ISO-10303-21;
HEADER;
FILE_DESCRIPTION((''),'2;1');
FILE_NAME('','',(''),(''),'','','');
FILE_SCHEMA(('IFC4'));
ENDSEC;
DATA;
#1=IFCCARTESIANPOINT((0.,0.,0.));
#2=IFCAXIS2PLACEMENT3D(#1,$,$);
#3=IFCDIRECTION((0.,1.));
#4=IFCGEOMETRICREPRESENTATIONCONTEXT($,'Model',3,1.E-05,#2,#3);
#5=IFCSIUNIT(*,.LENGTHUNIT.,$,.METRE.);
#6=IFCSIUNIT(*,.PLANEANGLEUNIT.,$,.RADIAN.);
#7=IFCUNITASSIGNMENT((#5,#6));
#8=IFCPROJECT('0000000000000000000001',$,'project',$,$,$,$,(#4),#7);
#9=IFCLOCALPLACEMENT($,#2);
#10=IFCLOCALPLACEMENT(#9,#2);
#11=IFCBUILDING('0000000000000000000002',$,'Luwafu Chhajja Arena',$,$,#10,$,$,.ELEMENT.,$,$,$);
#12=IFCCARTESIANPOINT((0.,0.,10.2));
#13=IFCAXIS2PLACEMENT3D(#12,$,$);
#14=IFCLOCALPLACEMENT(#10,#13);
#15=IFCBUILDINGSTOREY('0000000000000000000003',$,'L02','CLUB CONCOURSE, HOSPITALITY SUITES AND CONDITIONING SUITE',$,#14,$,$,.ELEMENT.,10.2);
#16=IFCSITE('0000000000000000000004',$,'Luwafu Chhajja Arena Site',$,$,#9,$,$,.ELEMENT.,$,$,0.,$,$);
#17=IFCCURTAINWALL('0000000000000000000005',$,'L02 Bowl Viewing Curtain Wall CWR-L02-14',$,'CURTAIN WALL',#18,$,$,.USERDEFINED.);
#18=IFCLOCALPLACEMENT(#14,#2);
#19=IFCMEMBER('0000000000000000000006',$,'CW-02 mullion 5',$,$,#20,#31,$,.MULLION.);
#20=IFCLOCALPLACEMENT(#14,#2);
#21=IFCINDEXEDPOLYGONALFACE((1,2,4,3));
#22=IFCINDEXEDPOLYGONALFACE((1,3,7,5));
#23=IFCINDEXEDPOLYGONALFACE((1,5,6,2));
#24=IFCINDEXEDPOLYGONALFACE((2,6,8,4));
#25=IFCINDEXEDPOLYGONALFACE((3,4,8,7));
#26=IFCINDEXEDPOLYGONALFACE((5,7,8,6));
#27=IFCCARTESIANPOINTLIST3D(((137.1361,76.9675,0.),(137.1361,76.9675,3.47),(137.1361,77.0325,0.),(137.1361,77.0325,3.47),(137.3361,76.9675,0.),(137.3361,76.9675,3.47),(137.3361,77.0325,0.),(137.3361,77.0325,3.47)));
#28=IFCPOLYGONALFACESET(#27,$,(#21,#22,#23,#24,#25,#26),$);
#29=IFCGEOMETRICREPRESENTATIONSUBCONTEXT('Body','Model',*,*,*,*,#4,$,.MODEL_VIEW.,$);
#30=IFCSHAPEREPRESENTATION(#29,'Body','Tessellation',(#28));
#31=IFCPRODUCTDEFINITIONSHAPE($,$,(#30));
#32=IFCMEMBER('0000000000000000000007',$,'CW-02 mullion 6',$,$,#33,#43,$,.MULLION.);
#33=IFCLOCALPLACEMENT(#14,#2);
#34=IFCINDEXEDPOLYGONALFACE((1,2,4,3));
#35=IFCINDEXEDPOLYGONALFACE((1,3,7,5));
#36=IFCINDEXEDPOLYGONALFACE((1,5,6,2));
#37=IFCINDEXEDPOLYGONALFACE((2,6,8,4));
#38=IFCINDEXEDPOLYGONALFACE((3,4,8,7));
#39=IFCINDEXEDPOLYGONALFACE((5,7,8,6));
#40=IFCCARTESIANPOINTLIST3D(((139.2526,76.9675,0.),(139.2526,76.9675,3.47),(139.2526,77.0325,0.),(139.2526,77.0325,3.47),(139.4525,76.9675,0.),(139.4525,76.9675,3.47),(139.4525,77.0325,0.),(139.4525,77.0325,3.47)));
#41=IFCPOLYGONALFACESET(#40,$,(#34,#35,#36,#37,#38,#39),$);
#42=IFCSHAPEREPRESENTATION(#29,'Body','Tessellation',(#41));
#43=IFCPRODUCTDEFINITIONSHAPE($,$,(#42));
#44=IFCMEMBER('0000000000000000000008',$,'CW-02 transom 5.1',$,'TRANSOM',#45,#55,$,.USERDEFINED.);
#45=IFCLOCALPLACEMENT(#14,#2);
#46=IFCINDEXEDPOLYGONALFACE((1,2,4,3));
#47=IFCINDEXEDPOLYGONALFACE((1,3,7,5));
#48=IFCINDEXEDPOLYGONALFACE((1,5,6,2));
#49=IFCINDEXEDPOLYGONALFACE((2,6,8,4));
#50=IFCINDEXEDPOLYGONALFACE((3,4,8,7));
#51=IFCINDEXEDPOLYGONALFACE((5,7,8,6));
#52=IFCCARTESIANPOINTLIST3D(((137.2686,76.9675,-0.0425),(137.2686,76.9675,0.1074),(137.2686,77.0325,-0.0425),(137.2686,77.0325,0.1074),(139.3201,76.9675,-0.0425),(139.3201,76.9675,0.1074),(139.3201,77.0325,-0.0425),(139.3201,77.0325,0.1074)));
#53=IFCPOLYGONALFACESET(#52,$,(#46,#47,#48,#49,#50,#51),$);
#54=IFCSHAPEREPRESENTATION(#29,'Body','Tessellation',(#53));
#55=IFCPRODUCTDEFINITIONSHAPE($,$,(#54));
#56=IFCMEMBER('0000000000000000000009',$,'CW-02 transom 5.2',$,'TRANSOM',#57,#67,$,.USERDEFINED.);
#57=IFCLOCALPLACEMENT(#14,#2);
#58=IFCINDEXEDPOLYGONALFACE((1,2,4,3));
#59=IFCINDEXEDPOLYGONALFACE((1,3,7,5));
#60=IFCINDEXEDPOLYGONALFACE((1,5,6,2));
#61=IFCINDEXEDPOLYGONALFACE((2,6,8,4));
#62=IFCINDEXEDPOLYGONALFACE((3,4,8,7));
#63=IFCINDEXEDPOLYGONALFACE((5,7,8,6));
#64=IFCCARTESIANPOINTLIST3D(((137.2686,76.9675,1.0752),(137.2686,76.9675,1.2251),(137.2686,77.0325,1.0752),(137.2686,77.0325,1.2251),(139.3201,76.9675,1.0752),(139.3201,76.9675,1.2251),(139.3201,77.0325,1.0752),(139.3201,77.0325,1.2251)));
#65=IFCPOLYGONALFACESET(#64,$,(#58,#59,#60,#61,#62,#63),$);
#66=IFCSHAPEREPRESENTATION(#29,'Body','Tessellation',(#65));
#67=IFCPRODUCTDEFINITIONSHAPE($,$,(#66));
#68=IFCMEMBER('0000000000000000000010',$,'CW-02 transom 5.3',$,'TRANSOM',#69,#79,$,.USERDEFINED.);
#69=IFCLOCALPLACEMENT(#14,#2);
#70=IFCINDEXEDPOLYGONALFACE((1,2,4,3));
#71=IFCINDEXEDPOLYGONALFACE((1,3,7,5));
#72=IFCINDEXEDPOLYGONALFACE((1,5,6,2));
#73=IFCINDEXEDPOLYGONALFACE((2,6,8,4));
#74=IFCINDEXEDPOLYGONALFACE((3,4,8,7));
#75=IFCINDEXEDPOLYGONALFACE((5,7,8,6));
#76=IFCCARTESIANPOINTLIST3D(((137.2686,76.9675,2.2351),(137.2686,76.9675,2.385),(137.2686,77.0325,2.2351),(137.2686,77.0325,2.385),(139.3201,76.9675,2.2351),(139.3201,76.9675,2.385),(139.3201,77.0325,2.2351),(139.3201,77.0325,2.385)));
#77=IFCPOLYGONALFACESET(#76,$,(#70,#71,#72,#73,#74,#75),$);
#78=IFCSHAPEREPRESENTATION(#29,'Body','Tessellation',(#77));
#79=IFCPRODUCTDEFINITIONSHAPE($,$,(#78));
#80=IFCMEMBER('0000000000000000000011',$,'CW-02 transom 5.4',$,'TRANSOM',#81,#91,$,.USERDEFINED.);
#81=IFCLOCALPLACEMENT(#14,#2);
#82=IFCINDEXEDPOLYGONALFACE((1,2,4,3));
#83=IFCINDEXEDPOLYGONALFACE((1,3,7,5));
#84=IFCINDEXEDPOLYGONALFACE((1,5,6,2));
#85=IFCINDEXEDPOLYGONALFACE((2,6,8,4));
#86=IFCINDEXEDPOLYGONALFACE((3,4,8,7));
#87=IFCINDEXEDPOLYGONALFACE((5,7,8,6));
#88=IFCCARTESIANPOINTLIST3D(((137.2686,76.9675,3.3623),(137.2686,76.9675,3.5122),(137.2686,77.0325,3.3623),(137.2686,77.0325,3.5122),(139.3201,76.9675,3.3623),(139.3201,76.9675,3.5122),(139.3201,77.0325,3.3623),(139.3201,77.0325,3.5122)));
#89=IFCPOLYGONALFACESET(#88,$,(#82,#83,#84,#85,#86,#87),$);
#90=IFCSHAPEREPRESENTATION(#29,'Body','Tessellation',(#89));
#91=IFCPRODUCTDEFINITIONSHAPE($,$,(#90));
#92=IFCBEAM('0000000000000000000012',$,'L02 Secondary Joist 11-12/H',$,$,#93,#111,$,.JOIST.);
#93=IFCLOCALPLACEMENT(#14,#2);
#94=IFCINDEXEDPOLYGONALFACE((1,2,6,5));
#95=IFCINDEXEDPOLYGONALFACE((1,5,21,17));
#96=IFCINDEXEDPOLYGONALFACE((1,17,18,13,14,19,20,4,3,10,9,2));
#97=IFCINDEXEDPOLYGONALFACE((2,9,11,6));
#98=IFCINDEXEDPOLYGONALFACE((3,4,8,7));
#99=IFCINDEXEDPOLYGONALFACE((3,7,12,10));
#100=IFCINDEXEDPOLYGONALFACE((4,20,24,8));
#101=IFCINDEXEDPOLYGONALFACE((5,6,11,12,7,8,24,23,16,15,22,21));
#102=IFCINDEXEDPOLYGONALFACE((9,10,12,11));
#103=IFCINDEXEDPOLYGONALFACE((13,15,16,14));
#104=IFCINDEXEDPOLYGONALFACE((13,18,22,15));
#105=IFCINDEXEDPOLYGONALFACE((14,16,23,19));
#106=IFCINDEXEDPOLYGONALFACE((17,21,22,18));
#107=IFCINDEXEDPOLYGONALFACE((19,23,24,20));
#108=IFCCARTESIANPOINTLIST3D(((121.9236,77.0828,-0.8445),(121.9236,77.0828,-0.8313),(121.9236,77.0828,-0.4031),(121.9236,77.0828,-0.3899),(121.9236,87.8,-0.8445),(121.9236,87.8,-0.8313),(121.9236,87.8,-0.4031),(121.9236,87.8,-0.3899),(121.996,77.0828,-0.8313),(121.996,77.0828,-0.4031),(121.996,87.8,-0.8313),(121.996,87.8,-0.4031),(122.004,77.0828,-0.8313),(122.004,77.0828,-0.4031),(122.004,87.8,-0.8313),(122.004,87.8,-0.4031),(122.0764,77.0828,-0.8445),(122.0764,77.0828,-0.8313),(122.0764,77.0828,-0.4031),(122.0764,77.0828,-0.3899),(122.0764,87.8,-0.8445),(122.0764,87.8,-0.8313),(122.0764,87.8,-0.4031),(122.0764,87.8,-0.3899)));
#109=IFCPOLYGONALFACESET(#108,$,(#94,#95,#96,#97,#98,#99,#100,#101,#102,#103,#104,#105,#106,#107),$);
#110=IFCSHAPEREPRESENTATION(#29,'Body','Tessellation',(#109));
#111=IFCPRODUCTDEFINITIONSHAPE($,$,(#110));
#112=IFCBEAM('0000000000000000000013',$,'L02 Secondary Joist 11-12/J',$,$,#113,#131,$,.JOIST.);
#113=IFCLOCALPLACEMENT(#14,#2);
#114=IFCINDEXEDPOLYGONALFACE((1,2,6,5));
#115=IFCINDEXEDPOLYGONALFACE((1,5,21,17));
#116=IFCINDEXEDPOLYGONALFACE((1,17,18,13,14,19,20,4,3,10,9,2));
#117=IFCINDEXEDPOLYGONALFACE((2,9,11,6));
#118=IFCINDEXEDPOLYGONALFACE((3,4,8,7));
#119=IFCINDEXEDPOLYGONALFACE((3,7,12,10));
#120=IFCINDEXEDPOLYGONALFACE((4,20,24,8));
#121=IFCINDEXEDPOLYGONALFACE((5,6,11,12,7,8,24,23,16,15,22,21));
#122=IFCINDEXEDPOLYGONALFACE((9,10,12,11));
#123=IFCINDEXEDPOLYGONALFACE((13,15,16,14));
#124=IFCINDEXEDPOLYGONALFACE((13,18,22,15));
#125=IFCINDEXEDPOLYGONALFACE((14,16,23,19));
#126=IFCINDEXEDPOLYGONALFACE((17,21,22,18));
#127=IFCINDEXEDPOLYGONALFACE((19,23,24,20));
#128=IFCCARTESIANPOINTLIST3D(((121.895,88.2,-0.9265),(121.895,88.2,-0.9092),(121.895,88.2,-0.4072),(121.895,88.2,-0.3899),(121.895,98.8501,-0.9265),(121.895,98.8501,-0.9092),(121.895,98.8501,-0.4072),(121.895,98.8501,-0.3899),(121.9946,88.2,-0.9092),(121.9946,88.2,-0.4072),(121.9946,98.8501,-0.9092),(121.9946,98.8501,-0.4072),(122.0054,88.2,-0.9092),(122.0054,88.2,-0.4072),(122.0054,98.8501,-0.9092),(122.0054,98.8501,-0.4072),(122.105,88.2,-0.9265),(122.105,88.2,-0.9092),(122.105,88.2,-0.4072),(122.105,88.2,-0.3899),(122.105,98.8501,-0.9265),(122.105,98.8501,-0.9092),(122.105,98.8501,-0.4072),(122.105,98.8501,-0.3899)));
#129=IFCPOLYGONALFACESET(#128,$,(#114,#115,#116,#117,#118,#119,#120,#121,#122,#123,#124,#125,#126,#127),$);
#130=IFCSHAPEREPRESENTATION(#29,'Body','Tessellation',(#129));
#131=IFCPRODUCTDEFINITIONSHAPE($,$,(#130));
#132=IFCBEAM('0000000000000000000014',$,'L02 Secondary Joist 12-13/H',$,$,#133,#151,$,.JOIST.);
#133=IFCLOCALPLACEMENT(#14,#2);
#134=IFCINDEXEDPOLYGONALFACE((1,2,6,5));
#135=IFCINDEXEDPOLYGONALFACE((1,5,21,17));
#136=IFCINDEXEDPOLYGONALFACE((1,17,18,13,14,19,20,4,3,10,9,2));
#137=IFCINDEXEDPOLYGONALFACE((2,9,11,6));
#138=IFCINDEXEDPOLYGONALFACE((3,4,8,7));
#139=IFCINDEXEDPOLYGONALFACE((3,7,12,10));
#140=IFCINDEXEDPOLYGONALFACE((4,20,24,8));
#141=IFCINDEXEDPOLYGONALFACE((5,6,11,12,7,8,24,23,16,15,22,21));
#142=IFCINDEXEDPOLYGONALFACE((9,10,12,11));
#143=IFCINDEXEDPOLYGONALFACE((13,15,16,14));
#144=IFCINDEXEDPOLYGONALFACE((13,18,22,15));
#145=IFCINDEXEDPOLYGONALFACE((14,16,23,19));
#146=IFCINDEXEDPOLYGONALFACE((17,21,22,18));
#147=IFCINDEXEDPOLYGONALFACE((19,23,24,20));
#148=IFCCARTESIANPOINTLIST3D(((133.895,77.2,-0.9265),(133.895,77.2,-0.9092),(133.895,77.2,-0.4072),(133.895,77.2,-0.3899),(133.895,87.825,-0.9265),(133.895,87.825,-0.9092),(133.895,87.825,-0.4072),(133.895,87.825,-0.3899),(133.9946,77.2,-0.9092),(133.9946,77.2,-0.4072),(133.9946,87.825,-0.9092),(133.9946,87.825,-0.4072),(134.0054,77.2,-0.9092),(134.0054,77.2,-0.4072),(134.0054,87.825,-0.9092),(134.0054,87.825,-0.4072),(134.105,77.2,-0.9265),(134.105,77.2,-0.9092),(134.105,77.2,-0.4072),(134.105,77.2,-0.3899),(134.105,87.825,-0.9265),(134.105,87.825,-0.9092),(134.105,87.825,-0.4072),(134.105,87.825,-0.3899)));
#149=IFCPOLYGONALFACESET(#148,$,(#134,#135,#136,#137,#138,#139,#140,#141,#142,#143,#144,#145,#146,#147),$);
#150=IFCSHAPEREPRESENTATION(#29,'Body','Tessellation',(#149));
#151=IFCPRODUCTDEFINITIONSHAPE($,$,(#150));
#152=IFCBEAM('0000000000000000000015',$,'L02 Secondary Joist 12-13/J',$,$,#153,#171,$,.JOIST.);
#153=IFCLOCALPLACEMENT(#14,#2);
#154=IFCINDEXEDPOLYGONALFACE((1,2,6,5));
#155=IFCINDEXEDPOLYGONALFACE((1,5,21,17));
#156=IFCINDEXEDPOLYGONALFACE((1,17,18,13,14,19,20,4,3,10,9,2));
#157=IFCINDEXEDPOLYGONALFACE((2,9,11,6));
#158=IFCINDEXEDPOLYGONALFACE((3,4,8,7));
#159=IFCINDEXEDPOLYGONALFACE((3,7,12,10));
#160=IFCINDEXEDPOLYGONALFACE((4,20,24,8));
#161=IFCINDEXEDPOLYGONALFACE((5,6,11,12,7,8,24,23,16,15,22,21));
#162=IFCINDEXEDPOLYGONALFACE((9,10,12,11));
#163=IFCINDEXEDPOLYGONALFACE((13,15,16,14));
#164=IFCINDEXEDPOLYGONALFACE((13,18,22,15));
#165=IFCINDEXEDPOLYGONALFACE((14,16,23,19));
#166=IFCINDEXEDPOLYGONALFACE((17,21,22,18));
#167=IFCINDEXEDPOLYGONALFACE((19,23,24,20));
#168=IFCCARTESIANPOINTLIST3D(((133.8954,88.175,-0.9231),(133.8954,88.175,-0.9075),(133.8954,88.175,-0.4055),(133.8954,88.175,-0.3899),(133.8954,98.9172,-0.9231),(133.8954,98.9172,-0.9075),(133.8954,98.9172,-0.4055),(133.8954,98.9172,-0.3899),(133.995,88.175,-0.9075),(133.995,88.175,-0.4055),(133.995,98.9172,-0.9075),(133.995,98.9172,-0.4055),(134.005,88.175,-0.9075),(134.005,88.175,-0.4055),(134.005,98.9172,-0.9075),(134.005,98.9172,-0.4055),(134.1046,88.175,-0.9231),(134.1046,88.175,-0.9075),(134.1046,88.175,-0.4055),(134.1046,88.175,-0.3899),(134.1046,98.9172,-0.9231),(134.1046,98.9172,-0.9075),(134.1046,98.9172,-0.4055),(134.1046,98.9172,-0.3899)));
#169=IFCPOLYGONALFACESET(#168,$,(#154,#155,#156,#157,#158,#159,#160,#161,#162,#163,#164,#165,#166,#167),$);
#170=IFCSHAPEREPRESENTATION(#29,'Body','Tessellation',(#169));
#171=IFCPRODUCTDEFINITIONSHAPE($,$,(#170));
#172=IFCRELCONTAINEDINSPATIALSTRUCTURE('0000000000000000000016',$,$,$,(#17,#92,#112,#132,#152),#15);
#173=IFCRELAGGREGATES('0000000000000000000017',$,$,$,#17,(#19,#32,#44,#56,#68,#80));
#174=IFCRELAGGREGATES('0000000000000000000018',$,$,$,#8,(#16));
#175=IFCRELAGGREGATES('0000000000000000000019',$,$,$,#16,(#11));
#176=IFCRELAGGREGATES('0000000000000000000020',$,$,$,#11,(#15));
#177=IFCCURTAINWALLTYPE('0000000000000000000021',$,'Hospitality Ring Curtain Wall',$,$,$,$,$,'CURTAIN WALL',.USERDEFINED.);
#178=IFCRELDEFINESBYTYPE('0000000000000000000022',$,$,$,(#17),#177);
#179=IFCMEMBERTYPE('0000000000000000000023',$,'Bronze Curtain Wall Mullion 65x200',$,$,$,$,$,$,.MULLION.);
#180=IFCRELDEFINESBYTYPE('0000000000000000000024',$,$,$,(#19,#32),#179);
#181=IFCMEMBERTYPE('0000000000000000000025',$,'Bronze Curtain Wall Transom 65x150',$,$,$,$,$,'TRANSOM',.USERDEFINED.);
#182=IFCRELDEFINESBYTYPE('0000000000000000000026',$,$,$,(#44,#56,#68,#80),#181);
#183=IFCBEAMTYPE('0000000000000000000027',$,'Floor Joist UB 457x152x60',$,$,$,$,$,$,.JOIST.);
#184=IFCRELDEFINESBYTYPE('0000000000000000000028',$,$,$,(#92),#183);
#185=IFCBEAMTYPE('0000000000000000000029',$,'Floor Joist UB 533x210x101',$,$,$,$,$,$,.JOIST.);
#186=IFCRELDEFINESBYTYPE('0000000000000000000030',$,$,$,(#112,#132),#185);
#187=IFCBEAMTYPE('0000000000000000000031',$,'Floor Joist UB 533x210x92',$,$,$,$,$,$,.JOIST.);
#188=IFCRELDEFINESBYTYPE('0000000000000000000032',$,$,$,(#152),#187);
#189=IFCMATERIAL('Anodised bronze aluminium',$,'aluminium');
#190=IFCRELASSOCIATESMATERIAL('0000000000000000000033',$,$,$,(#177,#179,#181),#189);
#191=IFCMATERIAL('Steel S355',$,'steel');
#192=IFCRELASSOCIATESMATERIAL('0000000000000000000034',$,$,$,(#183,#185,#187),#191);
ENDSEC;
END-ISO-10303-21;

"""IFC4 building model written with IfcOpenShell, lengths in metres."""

from ifc_helpers import new_model, si_unit, direction, frame, origin, origin_2d, place, context, subcontext, project, spatial, rectangle, i_section, extrude, material, material_profile, profile_set, type_object, element, aggregate, save


model = new_model("IFC4")

# Units and contexts
model_context = context("Model", 3, precision=1e-05, world=origin(), true_north=direction((0.0, 1.0)))
body_context = subcontext(model_context, "Body", "Model", "MODEL_VIEW")
ifc_project = project(units=[si_unit("LENGTHUNIT", "METRE"), si_unit("PLANEANGLEUNIT", "RADIAN")], contexts=[model_context])

# Site, building, storey
site_placement = place(None, origin())
site = spatial("IfcSite", under=ifc_project, at=site_placement, Name="Luwafu Chhajja Arena Site", CompositionType="ELEMENT", RefElevation=0.0)
building_placement = place(site_placement, origin())
building = spatial("IfcBuilding", under=site, at=building_placement, Name="Luwafu Chhajja Arena", CompositionType="ELEMENT")
storey_placement = place(building_placement, frame((0.0, 0.0, 10.2)))
storey = spatial("IfcBuildingStorey", under=building, at=storey_placement, Name="L02", Description="CLUB CONCOURSE, HOSPITALITY SUITES AND CONDITIONING SUITE", CompositionType="ELEMENT", Elevation=10.2)

# Shared definitions
ifc_material_1 = material(Name="Steel S355", Category="steel")

# Curtain wall, members
ifc_material_2 = material(Name="Anodised bronze aluminium", Category="aluminium")
curtain_wall_type = type_object("IfcCurtainWallType", Name="Hospitality Ring Curtain Wall", ElementType="CURTAIN WALL", PredefinedType="USERDEFINED", material=ifc_material_2)
curtain_wall_placement = place(storey_placement, origin())
curtain_wall = element("IfcCurtainWall", 1, at=curtain_wall_placement, inside=storey, type_object=curtain_wall_type, Name="L02 Bowl Viewing Curtain Wall CWR-L02-14", ObjectType="CURTAIN WALL", PredefinedType="USERDEFINED")
ifc_material_profile_1 = material_profile(ifc_material_2, rectangle(XDim=0.0649, YDim=0.2, at=origin_2d()), Name="CWM 65x200")
ifc_profile_set_1 = profile_set([ifc_material_profile_1], Name="Anodised bronze aluminium")
member_type_1 = type_object("IfcMemberType", Name="Bronze Curtain Wall Mullion 65x200", PredefinedType="MULLION", material=ifc_profile_set_1)
member_1_placement = place(storey_placement, frame((137.2361, 77.0, 0.0), z_axis=(0.0, 0.0, 1.0), x_axis=(0.0, 1.0, 0.0)))
member_1 = element("IfcMember", 2, at=member_1_placement, type_object=member_type_1, Name="CW-02 mullion 5", PredefinedType="MULLION", context=body_context, shape_type="SweptSolid", body=[
    extrude(rectangle(XDim=0.0649, YDim=0.2, at=origin_2d()), origin(), (0.0, 0.0, 1.0), 3.47),
])
member_2_placement = place(storey_placement, frame((139.3525, 77.0, 0.0), z_axis=(0.0, 0.0, 1.0), x_axis=(0.0, 1.0, 0.0)))
member_2 = element("IfcMember", 3, at=member_2_placement, type_object=member_type_1, Name="CW-02 mullion 6", PredefinedType="MULLION", context=body_context, shape_type="SweptSolid", body=[
    extrude(rectangle(XDim=0.0649, YDim=0.2, at=origin_2d()), origin(), (0.0, 0.0, 1.0), 3.47),
])
ifc_material_profile_2 = material_profile(ifc_material_2, rectangle(XDim=0.0649, YDim=0.1499, at=origin_2d()), Name="CWT 65x150")
ifc_profile_set_2 = profile_set([ifc_material_profile_2], Name="Anodised bronze aluminium")
member_type_2 = type_object("IfcMemberType", Name="Bronze Curtain Wall Transom 65x150", ElementType="TRANSOM", PredefinedType="USERDEFINED", material=ifc_profile_set_2)
member_3_placement = place(storey_placement, frame((137.2686, 77.0, 0.0325), z_axis=(1.0, 0.0, 0.0), x_axis=(0.0, 1.0, 0.0)))
member_3 = element("IfcMember", 4, at=member_3_placement, type_object=member_type_2, Name="CW-02 transom 5.1", ObjectType="TRANSOM", PredefinedType="USERDEFINED", context=body_context, shape_type="SweptSolid", body=[
    extrude(rectangle(XDim=0.0649, YDim=0.1499, at=origin_2d()), origin(), (0.0, 0.0, 1.0), 2.0515),
])
member_4_placement = place(storey_placement, frame((137.2686, 77.0, 1.1501), z_axis=(1.0, 0.0, 0.0), x_axis=(0.0, 1.0, 0.0)))
member_4 = element("IfcMember", 5, at=member_4_placement, type_object=member_type_2, Name="CW-02 transom 5.2", ObjectType="TRANSOM", PredefinedType="USERDEFINED", context=body_context, shape_type="SweptSolid", body=[
    extrude(rectangle(XDim=0.0649, YDim=0.1499, at=origin_2d()), origin(), (0.0, 0.0, 1.0), 2.0515),
])
member_5_placement = place(storey_placement, frame((137.2686, 77.0, 2.3101), z_axis=(1.0, 0.0, 0.0), x_axis=(0.0, 1.0, 0.0)))
member_5 = element("IfcMember", 6, at=member_5_placement, type_object=member_type_2, Name="CW-02 transom 5.3", ObjectType="TRANSOM", PredefinedType="USERDEFINED", context=body_context, shape_type="SweptSolid", body=[
    extrude(rectangle(XDim=0.0649, YDim=0.1499, at=origin_2d()), origin(), (0.0, 0.0, 1.0), 2.0515),
])
member_6_placement = place(storey_placement, frame((137.2686, 77.0, 3.4373), z_axis=(1.0, 0.0, 0.0), x_axis=(0.0, 1.0, 0.0)))
member_6 = element("IfcMember", 7, at=member_6_placement, type_object=member_type_2, Name="CW-02 transom 5.4", ObjectType="TRANSOM", PredefinedType="USERDEFINED", context=body_context, shape_type="SweptSolid", body=[
    extrude(rectangle(XDim=0.0649, YDim=0.1499, at=origin_2d()), origin(), (0.0, 0.0, 1.0), 2.0515),
])

# Beams
ifc_material_profile_3 = material_profile(ifc_material_1, i_section(OverallWidth=0.1528, OverallDepth=0.4546, WebThickness=0.0081, FlangeThickness=0.0132, at=origin_2d()), Name="UB 457x152x60")
ifc_profile_set_3 = profile_set([ifc_material_profile_3], Name="Steel S355")
beam_type_1 = type_object("IfcBeamType", Name="Floor Joist UB 457x152x60", PredefinedType="JOIST", material=ifc_profile_set_3)
beam_1_placement = place(storey_placement, frame((122.0, 77.0828, -0.6172), z_axis=(0.0, 1.0, 0.0), x_axis=(-1.0, 0.0, 0.0)))
element("IfcBeam", 8, at=beam_1_placement, inside=storey, type_object=beam_type_1, Name="L02 Secondary Joist 11-12/H", PredefinedType="JOIST", context=body_context, shape_type="SweptSolid", body=[
    extrude(i_section(OverallWidth=0.1528, OverallDepth=0.4546, WebThickness=0.0081, FlangeThickness=0.0132, at=origin_2d()), origin(), (0.0, 0.0, 1.0), 10.7173),
])
ifc_material_profile_4 = material_profile(ifc_material_1, i_section(OverallWidth=0.21, OverallDepth=0.5366, WebThickness=0.0107, FlangeThickness=0.0173, at=origin_2d()), Name="UB 533x210x101")
ifc_profile_set_4 = profile_set([ifc_material_profile_4], Name="Steel S355")
beam_type_2 = type_object("IfcBeamType", Name="Floor Joist UB 533x210x101", PredefinedType="JOIST", material=ifc_profile_set_4)
beam_2_placement = place(storey_placement, frame((122.0, 88.2, -0.6582), z_axis=(0.0, 1.0, 0.0), x_axis=(-1.0, 0.0, 0.0)))
element("IfcBeam", 9, at=beam_2_placement, inside=storey, type_object=beam_type_2, Name="L02 Secondary Joist 11-12/J", PredefinedType="JOIST", context=body_context, shape_type="SweptSolid", body=[
    extrude(i_section(OverallWidth=0.21, OverallDepth=0.5366, WebThickness=0.0107, FlangeThickness=0.0173, at=origin_2d()), origin(), (0.0, 0.0, 1.0), 10.6501),
])
beam_3_placement = place(storey_placement, frame((134.0, 77.2, -0.6582), z_axis=(0.0, 1.0, 0.0), x_axis=(-1.0, 0.0, 0.0)))
element("IfcBeam", 10, at=beam_3_placement, inside=storey, type_object=beam_type_2, Name="L02 Secondary Joist 12-13/H", PredefinedType="JOIST", context=body_context, shape_type="SweptSolid", body=[
    extrude(i_section(OverallWidth=0.21, OverallDepth=0.5366, WebThickness=0.0107, FlangeThickness=0.0173, at=origin_2d()), origin(), (0.0, 0.0, 1.0), 10.625),
])
ifc_material_profile_5 = material_profile(ifc_material_1, i_section(OverallWidth=0.2092, OverallDepth=0.5332, WebThickness=0.01, FlangeThickness=0.0156, at=origin_2d()), Name="UB 533x210x92")
ifc_profile_set_5 = profile_set([ifc_material_profile_5], Name="Steel S355")
beam_type_3 = type_object("IfcBeamType", Name="Floor Joist UB 533x210x92", PredefinedType="JOIST", material=ifc_profile_set_5)
beam_4_placement = place(storey_placement, frame((134.0, 88.175, -0.6565), z_axis=(0.0, 1.0, 0.0), x_axis=(-1.0, 0.0, 0.0)))
element("IfcBeam", 11, at=beam_4_placement, inside=storey, type_object=beam_type_3, Name="L02 Secondary Joist 12-13/J", PredefinedType="JOIST", context=body_context, shape_type="SweptSolid", body=[
    extrude(i_section(OverallWidth=0.2092, OverallDepth=0.5332, WebThickness=0.01, FlangeThickness=0.0156, at=origin_2d()), origin(), (0.0, 0.0, 1.0), 10.7422),
])

aggregate(curtain_wall, [member_1, member_2, member_3, member_4, member_5, member_6])

save(model, "model.ifc")
